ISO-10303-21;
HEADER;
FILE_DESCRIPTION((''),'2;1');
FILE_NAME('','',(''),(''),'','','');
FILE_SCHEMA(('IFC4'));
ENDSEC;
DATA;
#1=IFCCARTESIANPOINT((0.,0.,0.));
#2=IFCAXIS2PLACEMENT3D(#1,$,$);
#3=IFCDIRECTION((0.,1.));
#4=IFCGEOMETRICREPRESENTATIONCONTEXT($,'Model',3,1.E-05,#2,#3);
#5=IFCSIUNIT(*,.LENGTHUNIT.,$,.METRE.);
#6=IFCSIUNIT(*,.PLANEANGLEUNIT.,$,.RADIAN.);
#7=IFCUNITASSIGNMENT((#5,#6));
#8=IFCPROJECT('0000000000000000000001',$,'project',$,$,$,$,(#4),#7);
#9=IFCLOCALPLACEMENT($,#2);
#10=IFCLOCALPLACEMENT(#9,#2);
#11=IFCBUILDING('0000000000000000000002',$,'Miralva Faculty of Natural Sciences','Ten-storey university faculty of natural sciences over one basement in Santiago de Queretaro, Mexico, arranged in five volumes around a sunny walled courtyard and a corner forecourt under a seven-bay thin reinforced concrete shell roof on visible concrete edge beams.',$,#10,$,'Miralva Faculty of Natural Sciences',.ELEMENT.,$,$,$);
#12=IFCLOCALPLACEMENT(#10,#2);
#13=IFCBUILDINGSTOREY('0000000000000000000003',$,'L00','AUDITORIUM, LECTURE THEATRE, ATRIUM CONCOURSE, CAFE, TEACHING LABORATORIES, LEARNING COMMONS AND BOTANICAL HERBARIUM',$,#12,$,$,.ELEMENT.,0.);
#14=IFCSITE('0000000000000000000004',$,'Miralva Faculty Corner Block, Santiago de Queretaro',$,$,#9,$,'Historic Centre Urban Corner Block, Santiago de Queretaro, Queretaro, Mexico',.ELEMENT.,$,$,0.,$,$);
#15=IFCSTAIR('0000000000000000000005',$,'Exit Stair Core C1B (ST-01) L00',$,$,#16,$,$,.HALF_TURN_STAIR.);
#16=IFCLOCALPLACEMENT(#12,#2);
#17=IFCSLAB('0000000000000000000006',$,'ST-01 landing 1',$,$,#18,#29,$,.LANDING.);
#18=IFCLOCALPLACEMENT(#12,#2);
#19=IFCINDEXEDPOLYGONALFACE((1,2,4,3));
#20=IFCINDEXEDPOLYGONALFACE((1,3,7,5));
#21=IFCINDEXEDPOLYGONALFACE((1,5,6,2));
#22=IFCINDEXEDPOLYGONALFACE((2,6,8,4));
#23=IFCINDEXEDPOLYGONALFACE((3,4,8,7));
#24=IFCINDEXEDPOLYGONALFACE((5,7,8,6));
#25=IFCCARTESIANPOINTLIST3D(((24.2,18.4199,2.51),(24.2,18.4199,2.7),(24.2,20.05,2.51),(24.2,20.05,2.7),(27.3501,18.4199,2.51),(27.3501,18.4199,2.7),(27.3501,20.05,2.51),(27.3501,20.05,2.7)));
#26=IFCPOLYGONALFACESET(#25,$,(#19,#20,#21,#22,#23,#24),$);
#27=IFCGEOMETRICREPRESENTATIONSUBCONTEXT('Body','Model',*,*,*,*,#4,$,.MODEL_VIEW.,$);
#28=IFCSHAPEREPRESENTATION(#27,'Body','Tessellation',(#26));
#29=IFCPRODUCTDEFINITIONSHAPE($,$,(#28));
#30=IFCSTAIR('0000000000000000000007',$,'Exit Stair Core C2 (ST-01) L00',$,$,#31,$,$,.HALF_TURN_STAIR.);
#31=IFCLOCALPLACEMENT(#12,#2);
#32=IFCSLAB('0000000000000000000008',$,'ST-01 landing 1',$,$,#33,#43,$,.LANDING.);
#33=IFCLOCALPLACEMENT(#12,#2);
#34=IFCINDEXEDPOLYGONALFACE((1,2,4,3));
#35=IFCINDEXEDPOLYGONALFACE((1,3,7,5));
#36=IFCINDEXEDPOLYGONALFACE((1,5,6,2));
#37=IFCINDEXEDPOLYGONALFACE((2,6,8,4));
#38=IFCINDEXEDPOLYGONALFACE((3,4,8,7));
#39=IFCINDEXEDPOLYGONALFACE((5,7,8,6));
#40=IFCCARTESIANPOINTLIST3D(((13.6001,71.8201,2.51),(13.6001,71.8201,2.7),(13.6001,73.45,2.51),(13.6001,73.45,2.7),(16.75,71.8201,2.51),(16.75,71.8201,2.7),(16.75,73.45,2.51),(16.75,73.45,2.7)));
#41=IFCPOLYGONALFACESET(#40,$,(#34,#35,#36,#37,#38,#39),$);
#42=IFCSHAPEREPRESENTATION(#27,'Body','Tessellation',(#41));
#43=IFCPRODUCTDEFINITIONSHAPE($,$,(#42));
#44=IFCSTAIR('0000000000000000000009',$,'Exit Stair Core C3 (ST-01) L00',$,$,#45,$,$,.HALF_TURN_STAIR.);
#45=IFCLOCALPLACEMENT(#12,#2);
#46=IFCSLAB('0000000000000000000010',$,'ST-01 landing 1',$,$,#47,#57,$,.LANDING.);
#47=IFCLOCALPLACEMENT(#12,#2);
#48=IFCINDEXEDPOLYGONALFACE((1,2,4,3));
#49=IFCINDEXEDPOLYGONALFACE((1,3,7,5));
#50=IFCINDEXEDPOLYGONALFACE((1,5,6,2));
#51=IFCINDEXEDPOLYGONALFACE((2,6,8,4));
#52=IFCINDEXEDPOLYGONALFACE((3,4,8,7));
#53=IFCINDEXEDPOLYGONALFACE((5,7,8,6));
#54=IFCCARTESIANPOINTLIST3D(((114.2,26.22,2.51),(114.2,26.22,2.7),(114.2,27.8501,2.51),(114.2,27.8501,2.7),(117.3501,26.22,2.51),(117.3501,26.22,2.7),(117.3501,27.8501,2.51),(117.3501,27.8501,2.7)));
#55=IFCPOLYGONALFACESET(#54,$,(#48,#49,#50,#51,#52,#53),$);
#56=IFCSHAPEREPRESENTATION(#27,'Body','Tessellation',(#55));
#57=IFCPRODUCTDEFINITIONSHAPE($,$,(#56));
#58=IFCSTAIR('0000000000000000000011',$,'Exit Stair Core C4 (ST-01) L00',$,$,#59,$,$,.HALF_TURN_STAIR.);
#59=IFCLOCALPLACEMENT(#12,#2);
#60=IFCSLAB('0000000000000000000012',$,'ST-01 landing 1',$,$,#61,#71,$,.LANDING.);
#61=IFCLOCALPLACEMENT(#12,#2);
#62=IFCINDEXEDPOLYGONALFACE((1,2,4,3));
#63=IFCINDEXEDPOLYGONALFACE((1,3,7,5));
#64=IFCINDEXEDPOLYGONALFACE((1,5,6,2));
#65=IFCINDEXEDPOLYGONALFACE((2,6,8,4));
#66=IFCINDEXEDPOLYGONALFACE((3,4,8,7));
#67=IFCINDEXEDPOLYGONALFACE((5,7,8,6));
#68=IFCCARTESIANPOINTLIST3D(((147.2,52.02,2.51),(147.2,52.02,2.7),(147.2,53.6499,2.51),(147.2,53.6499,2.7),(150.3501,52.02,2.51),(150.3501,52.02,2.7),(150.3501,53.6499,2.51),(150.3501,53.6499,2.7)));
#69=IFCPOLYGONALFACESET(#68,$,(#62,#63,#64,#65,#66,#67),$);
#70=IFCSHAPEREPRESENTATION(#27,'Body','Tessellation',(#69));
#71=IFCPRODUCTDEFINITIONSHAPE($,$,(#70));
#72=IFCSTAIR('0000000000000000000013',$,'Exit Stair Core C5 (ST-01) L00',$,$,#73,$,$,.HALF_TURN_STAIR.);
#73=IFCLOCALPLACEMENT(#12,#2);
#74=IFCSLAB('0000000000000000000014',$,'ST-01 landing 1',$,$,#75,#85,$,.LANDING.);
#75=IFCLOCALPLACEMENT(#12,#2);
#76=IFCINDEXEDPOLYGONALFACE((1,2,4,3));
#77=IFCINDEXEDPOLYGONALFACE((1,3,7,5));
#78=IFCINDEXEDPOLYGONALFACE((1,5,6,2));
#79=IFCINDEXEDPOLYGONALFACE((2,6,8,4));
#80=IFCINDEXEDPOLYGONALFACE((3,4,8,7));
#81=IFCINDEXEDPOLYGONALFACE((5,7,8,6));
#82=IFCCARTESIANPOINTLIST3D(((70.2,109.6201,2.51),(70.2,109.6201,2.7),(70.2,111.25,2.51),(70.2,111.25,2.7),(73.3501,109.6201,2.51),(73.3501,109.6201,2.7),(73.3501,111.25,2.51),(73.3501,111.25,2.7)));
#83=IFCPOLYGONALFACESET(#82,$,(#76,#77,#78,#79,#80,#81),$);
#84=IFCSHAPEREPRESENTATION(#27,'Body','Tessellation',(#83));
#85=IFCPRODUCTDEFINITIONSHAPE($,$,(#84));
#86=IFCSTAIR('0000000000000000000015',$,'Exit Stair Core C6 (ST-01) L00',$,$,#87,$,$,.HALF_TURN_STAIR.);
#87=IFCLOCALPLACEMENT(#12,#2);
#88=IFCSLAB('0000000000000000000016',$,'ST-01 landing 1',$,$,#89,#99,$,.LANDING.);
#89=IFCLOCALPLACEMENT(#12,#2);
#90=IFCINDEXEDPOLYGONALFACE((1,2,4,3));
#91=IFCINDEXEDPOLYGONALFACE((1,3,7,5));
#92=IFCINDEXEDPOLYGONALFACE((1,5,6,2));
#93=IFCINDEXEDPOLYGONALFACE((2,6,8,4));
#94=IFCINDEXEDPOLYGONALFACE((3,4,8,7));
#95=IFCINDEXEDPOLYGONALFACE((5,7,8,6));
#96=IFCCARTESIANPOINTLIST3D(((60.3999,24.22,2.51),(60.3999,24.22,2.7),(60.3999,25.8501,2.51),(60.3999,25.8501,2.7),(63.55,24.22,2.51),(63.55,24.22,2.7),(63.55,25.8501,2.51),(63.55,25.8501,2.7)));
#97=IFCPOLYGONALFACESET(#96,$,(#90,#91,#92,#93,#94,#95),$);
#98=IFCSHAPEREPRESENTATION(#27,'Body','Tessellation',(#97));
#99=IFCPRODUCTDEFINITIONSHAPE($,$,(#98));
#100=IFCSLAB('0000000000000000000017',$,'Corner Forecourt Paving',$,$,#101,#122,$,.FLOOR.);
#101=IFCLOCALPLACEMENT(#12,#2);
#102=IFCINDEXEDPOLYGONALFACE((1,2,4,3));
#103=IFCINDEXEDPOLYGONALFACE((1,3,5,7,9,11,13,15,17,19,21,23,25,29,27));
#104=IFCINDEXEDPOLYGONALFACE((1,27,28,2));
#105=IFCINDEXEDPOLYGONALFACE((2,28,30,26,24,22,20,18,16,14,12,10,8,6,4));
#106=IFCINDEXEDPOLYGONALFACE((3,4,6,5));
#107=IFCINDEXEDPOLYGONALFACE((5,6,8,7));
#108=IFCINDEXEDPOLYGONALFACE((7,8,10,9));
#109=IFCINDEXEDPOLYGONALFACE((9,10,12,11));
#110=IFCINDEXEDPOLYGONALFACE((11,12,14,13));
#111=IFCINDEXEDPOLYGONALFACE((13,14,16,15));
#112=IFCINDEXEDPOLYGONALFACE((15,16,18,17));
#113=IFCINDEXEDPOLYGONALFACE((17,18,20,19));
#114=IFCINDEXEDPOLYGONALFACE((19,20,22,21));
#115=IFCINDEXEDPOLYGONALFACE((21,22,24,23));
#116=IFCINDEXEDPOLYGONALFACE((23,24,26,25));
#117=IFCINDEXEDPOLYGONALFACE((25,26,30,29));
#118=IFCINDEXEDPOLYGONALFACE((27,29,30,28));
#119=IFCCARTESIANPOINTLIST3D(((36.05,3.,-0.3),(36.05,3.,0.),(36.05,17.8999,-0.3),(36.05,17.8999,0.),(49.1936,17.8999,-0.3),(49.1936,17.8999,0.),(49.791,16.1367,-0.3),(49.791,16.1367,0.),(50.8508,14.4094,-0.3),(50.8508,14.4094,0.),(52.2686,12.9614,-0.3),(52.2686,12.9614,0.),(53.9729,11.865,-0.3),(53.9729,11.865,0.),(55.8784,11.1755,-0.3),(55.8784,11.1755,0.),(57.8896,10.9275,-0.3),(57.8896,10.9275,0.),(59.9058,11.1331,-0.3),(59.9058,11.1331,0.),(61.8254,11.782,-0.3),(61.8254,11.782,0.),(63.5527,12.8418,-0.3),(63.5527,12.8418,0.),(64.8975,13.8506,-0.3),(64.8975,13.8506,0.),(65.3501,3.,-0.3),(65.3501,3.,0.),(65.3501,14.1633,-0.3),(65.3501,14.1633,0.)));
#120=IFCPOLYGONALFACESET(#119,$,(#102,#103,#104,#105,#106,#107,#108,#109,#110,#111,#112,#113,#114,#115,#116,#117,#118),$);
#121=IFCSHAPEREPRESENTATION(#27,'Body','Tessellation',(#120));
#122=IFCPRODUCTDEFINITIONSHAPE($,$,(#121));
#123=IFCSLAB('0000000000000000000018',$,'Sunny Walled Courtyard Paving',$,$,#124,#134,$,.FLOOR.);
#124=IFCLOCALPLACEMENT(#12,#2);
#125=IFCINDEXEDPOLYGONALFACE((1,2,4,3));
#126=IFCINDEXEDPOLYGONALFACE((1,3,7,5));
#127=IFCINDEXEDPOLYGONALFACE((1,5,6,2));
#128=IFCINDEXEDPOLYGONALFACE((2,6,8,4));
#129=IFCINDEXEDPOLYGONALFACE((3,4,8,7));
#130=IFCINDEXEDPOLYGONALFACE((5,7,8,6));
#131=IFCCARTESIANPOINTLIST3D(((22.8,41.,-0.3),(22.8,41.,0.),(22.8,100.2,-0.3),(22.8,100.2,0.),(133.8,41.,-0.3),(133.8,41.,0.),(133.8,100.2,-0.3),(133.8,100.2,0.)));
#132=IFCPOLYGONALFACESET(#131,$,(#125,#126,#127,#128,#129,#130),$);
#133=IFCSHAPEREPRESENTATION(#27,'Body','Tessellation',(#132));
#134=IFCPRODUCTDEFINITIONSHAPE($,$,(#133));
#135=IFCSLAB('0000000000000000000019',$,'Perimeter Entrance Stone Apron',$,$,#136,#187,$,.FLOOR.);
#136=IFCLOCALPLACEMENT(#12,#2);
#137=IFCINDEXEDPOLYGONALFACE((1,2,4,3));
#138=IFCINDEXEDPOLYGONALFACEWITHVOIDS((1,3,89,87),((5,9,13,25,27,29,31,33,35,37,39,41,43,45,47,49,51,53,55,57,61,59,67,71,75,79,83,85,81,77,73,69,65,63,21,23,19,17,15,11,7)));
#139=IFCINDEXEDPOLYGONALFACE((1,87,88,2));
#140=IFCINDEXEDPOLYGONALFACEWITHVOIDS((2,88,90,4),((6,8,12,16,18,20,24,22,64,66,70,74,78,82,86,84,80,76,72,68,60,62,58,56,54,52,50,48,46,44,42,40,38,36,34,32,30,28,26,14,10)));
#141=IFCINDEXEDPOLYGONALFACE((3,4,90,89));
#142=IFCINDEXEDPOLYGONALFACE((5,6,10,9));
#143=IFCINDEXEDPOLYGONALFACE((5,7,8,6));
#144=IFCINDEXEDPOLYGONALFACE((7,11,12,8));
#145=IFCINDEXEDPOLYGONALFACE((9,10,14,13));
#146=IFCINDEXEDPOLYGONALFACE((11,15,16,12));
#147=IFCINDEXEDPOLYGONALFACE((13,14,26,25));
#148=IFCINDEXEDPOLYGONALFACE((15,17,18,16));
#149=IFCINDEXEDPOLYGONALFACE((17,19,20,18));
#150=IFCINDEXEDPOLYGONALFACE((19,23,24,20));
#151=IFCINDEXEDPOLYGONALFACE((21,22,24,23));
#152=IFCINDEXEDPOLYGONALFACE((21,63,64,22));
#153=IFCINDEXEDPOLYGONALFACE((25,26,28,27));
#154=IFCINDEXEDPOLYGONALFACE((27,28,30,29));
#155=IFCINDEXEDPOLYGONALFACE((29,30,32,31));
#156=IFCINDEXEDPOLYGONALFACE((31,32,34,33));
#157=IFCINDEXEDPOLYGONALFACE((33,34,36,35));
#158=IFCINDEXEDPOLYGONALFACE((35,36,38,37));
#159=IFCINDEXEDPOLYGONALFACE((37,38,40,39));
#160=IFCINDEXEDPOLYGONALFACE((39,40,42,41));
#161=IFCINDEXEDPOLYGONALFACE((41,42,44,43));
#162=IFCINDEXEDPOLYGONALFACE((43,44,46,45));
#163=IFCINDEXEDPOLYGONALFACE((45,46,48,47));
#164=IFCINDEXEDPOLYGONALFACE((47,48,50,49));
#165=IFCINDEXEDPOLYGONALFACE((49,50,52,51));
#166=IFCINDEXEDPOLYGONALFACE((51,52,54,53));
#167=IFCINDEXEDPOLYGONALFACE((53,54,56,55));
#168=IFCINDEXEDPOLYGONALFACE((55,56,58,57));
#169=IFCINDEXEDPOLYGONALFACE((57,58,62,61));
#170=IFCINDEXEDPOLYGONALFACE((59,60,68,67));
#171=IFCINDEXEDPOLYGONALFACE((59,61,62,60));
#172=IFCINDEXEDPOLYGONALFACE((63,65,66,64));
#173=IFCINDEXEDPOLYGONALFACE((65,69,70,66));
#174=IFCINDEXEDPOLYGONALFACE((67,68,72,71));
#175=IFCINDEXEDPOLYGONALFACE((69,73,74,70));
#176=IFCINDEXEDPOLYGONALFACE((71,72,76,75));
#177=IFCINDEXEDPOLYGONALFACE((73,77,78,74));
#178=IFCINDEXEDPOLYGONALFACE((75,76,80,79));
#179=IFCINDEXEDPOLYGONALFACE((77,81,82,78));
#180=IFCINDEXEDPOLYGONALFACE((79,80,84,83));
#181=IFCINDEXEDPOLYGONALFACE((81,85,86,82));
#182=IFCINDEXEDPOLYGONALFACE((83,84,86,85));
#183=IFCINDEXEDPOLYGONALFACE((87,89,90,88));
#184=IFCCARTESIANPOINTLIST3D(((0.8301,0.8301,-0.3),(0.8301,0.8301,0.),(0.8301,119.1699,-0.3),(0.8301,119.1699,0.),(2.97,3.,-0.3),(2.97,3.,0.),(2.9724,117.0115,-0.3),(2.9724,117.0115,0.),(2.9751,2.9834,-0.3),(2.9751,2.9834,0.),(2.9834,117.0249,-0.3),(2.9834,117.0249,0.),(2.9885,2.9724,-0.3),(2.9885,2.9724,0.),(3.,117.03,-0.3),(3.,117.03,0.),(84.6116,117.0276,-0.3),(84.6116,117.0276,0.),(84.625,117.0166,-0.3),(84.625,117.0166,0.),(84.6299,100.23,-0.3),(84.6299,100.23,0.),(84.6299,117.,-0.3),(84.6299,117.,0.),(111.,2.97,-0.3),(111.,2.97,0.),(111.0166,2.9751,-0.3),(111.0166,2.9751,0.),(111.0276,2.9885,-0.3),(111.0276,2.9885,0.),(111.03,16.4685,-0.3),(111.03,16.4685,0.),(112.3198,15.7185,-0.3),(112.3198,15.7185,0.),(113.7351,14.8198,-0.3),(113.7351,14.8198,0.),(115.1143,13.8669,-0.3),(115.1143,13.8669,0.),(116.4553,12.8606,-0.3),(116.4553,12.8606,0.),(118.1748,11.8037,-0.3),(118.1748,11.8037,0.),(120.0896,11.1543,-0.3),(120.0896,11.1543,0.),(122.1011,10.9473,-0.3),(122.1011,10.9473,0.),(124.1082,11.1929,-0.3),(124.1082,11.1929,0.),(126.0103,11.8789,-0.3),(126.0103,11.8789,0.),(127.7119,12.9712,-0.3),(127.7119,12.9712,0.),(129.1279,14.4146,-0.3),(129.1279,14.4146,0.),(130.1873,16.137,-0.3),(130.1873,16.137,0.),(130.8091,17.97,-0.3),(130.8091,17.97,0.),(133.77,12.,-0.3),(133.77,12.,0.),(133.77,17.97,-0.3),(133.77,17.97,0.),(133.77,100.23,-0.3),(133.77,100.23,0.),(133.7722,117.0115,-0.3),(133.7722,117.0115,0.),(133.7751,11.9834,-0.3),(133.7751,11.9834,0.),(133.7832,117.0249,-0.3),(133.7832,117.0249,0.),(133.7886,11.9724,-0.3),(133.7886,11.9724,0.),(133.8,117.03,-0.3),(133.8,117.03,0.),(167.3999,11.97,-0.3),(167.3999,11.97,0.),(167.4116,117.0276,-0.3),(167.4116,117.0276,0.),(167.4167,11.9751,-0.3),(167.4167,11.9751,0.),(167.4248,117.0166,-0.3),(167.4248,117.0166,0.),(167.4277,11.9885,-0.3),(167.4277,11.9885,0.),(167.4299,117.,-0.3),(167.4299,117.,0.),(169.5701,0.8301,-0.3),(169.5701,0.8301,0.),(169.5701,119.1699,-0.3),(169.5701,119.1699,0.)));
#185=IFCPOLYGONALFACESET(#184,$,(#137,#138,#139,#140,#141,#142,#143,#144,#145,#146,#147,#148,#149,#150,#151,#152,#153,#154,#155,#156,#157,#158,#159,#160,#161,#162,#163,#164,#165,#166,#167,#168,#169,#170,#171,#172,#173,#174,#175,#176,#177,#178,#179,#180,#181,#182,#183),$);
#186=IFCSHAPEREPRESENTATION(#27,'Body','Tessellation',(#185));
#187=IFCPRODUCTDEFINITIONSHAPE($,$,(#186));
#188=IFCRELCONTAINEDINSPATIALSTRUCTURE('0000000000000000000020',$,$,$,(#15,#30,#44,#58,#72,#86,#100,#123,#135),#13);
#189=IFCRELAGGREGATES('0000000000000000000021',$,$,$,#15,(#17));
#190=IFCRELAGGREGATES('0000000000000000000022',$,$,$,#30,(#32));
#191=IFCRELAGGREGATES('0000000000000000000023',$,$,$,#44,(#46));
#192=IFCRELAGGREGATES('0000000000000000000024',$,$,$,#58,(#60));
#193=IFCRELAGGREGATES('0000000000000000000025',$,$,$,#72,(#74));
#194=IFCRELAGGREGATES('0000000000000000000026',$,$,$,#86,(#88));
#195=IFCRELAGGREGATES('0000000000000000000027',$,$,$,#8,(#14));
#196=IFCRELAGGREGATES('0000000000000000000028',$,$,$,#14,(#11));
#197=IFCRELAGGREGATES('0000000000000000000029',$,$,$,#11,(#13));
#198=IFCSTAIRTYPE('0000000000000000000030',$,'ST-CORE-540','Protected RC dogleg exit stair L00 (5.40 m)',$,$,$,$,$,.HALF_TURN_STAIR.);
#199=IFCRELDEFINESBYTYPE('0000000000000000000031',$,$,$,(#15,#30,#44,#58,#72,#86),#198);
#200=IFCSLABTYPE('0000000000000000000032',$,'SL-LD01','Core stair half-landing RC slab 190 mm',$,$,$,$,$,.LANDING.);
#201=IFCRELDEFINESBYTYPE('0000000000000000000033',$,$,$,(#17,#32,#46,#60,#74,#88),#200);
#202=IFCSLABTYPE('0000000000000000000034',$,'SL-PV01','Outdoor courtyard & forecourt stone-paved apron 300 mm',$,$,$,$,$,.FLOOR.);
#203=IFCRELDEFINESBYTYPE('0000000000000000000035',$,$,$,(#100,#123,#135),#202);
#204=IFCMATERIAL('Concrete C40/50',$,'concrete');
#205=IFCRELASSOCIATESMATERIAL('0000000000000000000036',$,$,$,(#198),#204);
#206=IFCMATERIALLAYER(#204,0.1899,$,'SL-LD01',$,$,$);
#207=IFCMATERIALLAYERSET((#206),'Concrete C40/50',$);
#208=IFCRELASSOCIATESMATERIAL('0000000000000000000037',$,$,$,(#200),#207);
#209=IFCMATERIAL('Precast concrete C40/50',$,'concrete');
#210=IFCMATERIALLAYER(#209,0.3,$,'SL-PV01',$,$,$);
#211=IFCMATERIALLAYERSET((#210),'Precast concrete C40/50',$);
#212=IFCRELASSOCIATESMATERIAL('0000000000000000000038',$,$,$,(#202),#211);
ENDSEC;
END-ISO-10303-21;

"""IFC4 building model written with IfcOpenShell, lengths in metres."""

from ifc_helpers import new_model, si_unit, direction, frame, origin, place, context, subcontext, project, spatial, polyline, outline, extrude, material, layer, layer_set, type_object, element, aggregate, save


model = new_model("IFC4")

# Units and contexts
model_context = context("Model", 3, precision=1e-05, world=origin(), true_north=direction((0.0, 1.0)))
body_context = subcontext(model_context, "Body", "Model", "MODEL_VIEW")
ifc_project = project(units=[si_unit("LENGTHUNIT", "METRE"), si_unit("PLANEANGLEUNIT", "RADIAN")], contexts=[model_context])

# Site, building, storey
site_placement = place(None, origin())
site = spatial("IfcSite", under=ifc_project, at=site_placement, Name="Miralva Faculty Corner Block, Santiago de Queretaro", LongName="Historic Centre Urban Corner Block, Santiago de Queretaro, Queretaro, Mexico", CompositionType="ELEMENT", RefElevation=0.0)
building_placement = place(site_placement, origin())
building = spatial("IfcBuilding", under=site, at=building_placement, Name="Miralva Faculty of Natural Sciences", Description="Ten-storey university faculty of natural sciences over one basement in Santiago de Queretaro, Mexico, arranged in five volumes around a sunny walled courtyard and a corner forecourt under a seven-bay thin reinforced concrete shell roof on visible concrete edge beams.", LongName="Miralva Faculty of Natural Sciences", CompositionType="ELEMENT")
storey_placement = place(building_placement, origin())
storey = spatial("IfcBuildingStorey", under=building, at=storey_placement, Name="L00", Description="AUDITORIUM, LECTURE THEATRE, ATRIUM CONCOURSE, CAFE, TEACHING LABORATORIES, LEARNING COMMONS AND BOTANICAL HERBARIUM", CompositionType="ELEMENT", Elevation=0.0)

# Shared definitions
ifc_material_1 = material(Name="Concrete C40/50", Category="concrete")

# Shared definitions
ifc_material_2 = material(Name="Precast concrete C40/50", Category="concrete")

# Stairs, slabs
stair_type = type_object("IfcStairType", Name="ST-CORE-540", Description="Protected RC dogleg exit stair L00 (5.40 m)", PredefinedType="HALF_TURN_STAIR", material=ifc_material_1)
ifc_layer_1 = layer(ifc_material_1, 0.1899, Name="SL-LD01")
ifc_layer_set_1 = layer_set([ifc_layer_1], Name="Concrete C40/50")
slab_type_1 = type_object("IfcSlabType", Name="SL-LD01", Description="Core stair half-landing RC slab 190 mm", PredefinedType="LANDING", material=ifc_layer_set_1)
stair_1_placement = place(storey_placement, origin())
stair_1 = element("IfcStair", 1, at=stair_1_placement, inside=storey, type_object=stair_type, Name="Exit Stair Core C1B (ST-01) L00", PredefinedType="HALF_TURN_STAIR")
slab_1_placement = place(storey_placement, frame((0.0, 0.0, 2.51)))
slab_1 = element("IfcSlab", 2, at=slab_1_placement, type_object=slab_type_1, Name="ST-01 landing 1", PredefinedType="LANDING", context=body_context, shape_type="SweptSolid", body=[
    extrude(outline(polyline([(27.3501, 18.4199), (27.3501, 20.05), (24.2, 20.05), (24.2, 18.4199), (27.3501, 18.4199)])), origin(), (0.0, 0.0, 1.0), 0.1899),
])
aggregate(stair_1, [slab_1])
stair_2_placement = place(storey_placement, origin())
stair_2 = element("IfcStair", 3, at=stair_2_placement, inside=storey, type_object=stair_type, Name="Exit Stair Core C2 (ST-01) L00", PredefinedType="HALF_TURN_STAIR")
slab_2_placement = place(storey_placement, frame((0.0, 0.0, 2.51)))
slab_2 = element("IfcSlab", 4, at=slab_2_placement, type_object=slab_type_1, Name="ST-01 landing 1", PredefinedType="LANDING", context=body_context, shape_type="SweptSolid", body=[
    extrude(outline(polyline([(16.75, 71.8201), (16.75, 73.45), (13.6001, 73.45), (13.6001, 71.8201), (16.75, 71.8201)])), origin(), (0.0, 0.0, 1.0), 0.1899),
])
aggregate(stair_2, [slab_2])
stair_3_placement = place(storey_placement, origin())
stair_3 = element("IfcStair", 5, at=stair_3_placement, inside=storey, type_object=stair_type, Name="Exit Stair Core C3 (ST-01) L00", PredefinedType="HALF_TURN_STAIR")
slab_3_placement = place(storey_placement, frame((0.0, 0.0, 2.51)))
slab_3 = element("IfcSlab", 6, at=slab_3_placement, type_object=slab_type_1, Name="ST-01 landing 1", PredefinedType="LANDING", context=body_context, shape_type="SweptSolid", body=[
    extrude(outline(polyline([(117.3501, 26.22), (117.3501, 27.8501), (114.2, 27.8501), (114.2, 26.22), (117.3501, 26.22)])), origin(), (0.0, 0.0, 1.0), 0.1899),
])
aggregate(stair_3, [slab_3])
stair_4_placement = place(storey_placement, origin())
stair_4 = element("IfcStair", 7, at=stair_4_placement, inside=storey, type_object=stair_type, Name="Exit Stair Core C4 (ST-01) L00", PredefinedType="HALF_TURN_STAIR")
slab_4_placement = place(storey_placement, frame((0.0, 0.0, 2.51)))
slab_4 = element("IfcSlab", 8, at=slab_4_placement, type_object=slab_type_1, Name="ST-01 landing 1", PredefinedType="LANDING", context=body_context, shape_type="SweptSolid", body=[
    extrude(outline(polyline([(150.3501, 52.02), (150.3501, 53.6499), (147.2, 53.6499), (147.2, 52.02), (150.3501, 52.02)])), origin(), (0.0, 0.0, 1.0), 0.1899),
])
aggregate(stair_4, [slab_4])
stair_5_placement = place(storey_placement, origin())
stair_5 = element("IfcStair", 9, at=stair_5_placement, inside=storey, type_object=stair_type, Name="Exit Stair Core C5 (ST-01) L00", PredefinedType="HALF_TURN_STAIR")
slab_5_placement = place(storey_placement, frame((0.0, 0.0, 2.51)))
slab_5 = element("IfcSlab", 10, at=slab_5_placement, type_object=slab_type_1, Name="ST-01 landing 1", PredefinedType="LANDING", context=body_context, shape_type="SweptSolid", body=[
    extrude(outline(polyline([(73.3501, 109.6201), (73.3501, 111.25), (70.2, 111.25), (70.2, 109.6201), (73.3501, 109.6201)])), origin(), (0.0, 0.0, 1.0), 0.1899),
])
aggregate(stair_5, [slab_5])
stair_6_placement = place(storey_placement, origin())
stair_6 = element("IfcStair", 11, at=stair_6_placement, inside=storey, type_object=stair_type, Name="Exit Stair Core C6 (ST-01) L00", PredefinedType="HALF_TURN_STAIR")
slab_6_placement = place(storey_placement, frame((0.0, 0.0, 2.51)))
slab_6 = element("IfcSlab", 12, at=slab_6_placement, type_object=slab_type_1, Name="ST-01 landing 1", PredefinedType="LANDING", context=body_context, shape_type="SweptSolid", body=[
    extrude(outline(polyline([(63.55, 24.22), (63.55, 25.8501), (60.3999, 25.8501), (60.3999, 24.22), (63.55, 24.22)])), origin(), (0.0, 0.0, 1.0), 0.1899),
])
aggregate(stair_6, [slab_6])

# Slabs
ifc_layer_2 = layer(ifc_material_2, 0.3, Name="SL-PV01")
ifc_layer_set_2 = layer_set([ifc_layer_2], Name="Precast concrete C40/50")
slab_type_2 = type_object("IfcSlabType", Name="SL-PV01", Description="Outdoor courtyard & forecourt stone-paved apron 300 mm", PredefinedType="FLOOR", material=ifc_layer_set_2)
slab_7_placement = place(storey_placement, frame((0.0, 0.0, -0.3)))
element("IfcSlab", 13, at=slab_7_placement, inside=storey, type_object=slab_type_2, Name="Corner Forecourt Paving", PredefinedType="FLOOR", context=body_context, shape_type="SweptSolid", body=[
    extrude(outline(polyline([(36.05, 3.0), (36.05, 17.8999), (49.1936, 17.8999), (49.791, 16.1367), (50.8508, 14.4094), (52.2686, 12.9614), (53.9729, 11.865), (55.8784, 11.1755), (57.8896, 10.9275), (59.9058, 11.1331), (61.8254, 11.782), (63.5527, 12.8418), (64.8975, 13.8506), (65.3501, 14.1633), (65.3501, 3.0), (36.05, 3.0)])), origin(), (0.0, 0.0, 1.0), 0.3),
])
slab_8_placement = place(storey_placement, frame((0.0, 0.0, -0.3)))
element("IfcSlab", 14, at=slab_8_placement, inside=storey, type_object=slab_type_2, Name="Sunny Walled Courtyard Paving", PredefinedType="FLOOR", context=body_context, shape_type="SweptSolid", body=[
    extrude(outline(polyline([(22.8, 41.0), (22.8, 100.2), (133.8, 100.2), (133.8, 41.0), (22.8, 41.0)])), origin(), (0.0, 0.0, 1.0), 0.3),
])
slab_9_placement = place(storey_placement, frame((0.0, 0.0, -0.3)))
element("IfcSlab", 15, at=slab_9_placement, inside=storey, type_object=slab_type_2, Name="Perimeter Entrance Stone Apron", PredefinedType="FLOOR", context=body_context, shape_type="SweptSolid", body=[
    extrude(outline(polyline([(169.5701, 119.1699), (169.5701, 0.8301), (0.8301, 0.8301), (0.8301, 119.1699), (169.5701, 119.1699)]), holes=[polyline([(111.0, 2.97), (111.0166, 2.9751), (111.0276, 2.9885), (111.03, 16.4685), (112.3198, 15.7185), (113.7351, 14.8198), (115.1143, 13.8669), (116.4553, 12.8606), (118.1748, 11.8037), (120.0896, 11.1543), (122.1011, 10.9473), (124.1082, 11.1929), (126.0103, 11.8789), (127.7119, 12.9712), (129.1279, 14.4146), (130.1873, 16.137), (130.8091, 17.97), (133.77, 17.97), (133.77, 12.0), (133.7751, 11.9834), (133.7886, 11.9724), (167.3999, 11.97), (167.4167, 11.9751), (167.4277, 11.9885), (167.4299, 117.0), (167.4248, 117.0166), (167.4116, 117.0276), (133.8, 117.03), (133.7832, 117.0249), (133.7722, 117.0115), (133.77, 100.23), (84.6299, 100.23), (84.6299, 117.0), (84.625, 117.0166), (84.6116, 117.0276), (3.0, 117.03), (2.9834, 117.0249), (2.9724, 117.0115), (2.97, 3.0), (2.9751, 2.9834), (2.9885, 2.9724), (111.0, 2.97)])]), origin(), (0.0, 0.0, 1.0), 0.3),
])

save(model, "model.ifc")
